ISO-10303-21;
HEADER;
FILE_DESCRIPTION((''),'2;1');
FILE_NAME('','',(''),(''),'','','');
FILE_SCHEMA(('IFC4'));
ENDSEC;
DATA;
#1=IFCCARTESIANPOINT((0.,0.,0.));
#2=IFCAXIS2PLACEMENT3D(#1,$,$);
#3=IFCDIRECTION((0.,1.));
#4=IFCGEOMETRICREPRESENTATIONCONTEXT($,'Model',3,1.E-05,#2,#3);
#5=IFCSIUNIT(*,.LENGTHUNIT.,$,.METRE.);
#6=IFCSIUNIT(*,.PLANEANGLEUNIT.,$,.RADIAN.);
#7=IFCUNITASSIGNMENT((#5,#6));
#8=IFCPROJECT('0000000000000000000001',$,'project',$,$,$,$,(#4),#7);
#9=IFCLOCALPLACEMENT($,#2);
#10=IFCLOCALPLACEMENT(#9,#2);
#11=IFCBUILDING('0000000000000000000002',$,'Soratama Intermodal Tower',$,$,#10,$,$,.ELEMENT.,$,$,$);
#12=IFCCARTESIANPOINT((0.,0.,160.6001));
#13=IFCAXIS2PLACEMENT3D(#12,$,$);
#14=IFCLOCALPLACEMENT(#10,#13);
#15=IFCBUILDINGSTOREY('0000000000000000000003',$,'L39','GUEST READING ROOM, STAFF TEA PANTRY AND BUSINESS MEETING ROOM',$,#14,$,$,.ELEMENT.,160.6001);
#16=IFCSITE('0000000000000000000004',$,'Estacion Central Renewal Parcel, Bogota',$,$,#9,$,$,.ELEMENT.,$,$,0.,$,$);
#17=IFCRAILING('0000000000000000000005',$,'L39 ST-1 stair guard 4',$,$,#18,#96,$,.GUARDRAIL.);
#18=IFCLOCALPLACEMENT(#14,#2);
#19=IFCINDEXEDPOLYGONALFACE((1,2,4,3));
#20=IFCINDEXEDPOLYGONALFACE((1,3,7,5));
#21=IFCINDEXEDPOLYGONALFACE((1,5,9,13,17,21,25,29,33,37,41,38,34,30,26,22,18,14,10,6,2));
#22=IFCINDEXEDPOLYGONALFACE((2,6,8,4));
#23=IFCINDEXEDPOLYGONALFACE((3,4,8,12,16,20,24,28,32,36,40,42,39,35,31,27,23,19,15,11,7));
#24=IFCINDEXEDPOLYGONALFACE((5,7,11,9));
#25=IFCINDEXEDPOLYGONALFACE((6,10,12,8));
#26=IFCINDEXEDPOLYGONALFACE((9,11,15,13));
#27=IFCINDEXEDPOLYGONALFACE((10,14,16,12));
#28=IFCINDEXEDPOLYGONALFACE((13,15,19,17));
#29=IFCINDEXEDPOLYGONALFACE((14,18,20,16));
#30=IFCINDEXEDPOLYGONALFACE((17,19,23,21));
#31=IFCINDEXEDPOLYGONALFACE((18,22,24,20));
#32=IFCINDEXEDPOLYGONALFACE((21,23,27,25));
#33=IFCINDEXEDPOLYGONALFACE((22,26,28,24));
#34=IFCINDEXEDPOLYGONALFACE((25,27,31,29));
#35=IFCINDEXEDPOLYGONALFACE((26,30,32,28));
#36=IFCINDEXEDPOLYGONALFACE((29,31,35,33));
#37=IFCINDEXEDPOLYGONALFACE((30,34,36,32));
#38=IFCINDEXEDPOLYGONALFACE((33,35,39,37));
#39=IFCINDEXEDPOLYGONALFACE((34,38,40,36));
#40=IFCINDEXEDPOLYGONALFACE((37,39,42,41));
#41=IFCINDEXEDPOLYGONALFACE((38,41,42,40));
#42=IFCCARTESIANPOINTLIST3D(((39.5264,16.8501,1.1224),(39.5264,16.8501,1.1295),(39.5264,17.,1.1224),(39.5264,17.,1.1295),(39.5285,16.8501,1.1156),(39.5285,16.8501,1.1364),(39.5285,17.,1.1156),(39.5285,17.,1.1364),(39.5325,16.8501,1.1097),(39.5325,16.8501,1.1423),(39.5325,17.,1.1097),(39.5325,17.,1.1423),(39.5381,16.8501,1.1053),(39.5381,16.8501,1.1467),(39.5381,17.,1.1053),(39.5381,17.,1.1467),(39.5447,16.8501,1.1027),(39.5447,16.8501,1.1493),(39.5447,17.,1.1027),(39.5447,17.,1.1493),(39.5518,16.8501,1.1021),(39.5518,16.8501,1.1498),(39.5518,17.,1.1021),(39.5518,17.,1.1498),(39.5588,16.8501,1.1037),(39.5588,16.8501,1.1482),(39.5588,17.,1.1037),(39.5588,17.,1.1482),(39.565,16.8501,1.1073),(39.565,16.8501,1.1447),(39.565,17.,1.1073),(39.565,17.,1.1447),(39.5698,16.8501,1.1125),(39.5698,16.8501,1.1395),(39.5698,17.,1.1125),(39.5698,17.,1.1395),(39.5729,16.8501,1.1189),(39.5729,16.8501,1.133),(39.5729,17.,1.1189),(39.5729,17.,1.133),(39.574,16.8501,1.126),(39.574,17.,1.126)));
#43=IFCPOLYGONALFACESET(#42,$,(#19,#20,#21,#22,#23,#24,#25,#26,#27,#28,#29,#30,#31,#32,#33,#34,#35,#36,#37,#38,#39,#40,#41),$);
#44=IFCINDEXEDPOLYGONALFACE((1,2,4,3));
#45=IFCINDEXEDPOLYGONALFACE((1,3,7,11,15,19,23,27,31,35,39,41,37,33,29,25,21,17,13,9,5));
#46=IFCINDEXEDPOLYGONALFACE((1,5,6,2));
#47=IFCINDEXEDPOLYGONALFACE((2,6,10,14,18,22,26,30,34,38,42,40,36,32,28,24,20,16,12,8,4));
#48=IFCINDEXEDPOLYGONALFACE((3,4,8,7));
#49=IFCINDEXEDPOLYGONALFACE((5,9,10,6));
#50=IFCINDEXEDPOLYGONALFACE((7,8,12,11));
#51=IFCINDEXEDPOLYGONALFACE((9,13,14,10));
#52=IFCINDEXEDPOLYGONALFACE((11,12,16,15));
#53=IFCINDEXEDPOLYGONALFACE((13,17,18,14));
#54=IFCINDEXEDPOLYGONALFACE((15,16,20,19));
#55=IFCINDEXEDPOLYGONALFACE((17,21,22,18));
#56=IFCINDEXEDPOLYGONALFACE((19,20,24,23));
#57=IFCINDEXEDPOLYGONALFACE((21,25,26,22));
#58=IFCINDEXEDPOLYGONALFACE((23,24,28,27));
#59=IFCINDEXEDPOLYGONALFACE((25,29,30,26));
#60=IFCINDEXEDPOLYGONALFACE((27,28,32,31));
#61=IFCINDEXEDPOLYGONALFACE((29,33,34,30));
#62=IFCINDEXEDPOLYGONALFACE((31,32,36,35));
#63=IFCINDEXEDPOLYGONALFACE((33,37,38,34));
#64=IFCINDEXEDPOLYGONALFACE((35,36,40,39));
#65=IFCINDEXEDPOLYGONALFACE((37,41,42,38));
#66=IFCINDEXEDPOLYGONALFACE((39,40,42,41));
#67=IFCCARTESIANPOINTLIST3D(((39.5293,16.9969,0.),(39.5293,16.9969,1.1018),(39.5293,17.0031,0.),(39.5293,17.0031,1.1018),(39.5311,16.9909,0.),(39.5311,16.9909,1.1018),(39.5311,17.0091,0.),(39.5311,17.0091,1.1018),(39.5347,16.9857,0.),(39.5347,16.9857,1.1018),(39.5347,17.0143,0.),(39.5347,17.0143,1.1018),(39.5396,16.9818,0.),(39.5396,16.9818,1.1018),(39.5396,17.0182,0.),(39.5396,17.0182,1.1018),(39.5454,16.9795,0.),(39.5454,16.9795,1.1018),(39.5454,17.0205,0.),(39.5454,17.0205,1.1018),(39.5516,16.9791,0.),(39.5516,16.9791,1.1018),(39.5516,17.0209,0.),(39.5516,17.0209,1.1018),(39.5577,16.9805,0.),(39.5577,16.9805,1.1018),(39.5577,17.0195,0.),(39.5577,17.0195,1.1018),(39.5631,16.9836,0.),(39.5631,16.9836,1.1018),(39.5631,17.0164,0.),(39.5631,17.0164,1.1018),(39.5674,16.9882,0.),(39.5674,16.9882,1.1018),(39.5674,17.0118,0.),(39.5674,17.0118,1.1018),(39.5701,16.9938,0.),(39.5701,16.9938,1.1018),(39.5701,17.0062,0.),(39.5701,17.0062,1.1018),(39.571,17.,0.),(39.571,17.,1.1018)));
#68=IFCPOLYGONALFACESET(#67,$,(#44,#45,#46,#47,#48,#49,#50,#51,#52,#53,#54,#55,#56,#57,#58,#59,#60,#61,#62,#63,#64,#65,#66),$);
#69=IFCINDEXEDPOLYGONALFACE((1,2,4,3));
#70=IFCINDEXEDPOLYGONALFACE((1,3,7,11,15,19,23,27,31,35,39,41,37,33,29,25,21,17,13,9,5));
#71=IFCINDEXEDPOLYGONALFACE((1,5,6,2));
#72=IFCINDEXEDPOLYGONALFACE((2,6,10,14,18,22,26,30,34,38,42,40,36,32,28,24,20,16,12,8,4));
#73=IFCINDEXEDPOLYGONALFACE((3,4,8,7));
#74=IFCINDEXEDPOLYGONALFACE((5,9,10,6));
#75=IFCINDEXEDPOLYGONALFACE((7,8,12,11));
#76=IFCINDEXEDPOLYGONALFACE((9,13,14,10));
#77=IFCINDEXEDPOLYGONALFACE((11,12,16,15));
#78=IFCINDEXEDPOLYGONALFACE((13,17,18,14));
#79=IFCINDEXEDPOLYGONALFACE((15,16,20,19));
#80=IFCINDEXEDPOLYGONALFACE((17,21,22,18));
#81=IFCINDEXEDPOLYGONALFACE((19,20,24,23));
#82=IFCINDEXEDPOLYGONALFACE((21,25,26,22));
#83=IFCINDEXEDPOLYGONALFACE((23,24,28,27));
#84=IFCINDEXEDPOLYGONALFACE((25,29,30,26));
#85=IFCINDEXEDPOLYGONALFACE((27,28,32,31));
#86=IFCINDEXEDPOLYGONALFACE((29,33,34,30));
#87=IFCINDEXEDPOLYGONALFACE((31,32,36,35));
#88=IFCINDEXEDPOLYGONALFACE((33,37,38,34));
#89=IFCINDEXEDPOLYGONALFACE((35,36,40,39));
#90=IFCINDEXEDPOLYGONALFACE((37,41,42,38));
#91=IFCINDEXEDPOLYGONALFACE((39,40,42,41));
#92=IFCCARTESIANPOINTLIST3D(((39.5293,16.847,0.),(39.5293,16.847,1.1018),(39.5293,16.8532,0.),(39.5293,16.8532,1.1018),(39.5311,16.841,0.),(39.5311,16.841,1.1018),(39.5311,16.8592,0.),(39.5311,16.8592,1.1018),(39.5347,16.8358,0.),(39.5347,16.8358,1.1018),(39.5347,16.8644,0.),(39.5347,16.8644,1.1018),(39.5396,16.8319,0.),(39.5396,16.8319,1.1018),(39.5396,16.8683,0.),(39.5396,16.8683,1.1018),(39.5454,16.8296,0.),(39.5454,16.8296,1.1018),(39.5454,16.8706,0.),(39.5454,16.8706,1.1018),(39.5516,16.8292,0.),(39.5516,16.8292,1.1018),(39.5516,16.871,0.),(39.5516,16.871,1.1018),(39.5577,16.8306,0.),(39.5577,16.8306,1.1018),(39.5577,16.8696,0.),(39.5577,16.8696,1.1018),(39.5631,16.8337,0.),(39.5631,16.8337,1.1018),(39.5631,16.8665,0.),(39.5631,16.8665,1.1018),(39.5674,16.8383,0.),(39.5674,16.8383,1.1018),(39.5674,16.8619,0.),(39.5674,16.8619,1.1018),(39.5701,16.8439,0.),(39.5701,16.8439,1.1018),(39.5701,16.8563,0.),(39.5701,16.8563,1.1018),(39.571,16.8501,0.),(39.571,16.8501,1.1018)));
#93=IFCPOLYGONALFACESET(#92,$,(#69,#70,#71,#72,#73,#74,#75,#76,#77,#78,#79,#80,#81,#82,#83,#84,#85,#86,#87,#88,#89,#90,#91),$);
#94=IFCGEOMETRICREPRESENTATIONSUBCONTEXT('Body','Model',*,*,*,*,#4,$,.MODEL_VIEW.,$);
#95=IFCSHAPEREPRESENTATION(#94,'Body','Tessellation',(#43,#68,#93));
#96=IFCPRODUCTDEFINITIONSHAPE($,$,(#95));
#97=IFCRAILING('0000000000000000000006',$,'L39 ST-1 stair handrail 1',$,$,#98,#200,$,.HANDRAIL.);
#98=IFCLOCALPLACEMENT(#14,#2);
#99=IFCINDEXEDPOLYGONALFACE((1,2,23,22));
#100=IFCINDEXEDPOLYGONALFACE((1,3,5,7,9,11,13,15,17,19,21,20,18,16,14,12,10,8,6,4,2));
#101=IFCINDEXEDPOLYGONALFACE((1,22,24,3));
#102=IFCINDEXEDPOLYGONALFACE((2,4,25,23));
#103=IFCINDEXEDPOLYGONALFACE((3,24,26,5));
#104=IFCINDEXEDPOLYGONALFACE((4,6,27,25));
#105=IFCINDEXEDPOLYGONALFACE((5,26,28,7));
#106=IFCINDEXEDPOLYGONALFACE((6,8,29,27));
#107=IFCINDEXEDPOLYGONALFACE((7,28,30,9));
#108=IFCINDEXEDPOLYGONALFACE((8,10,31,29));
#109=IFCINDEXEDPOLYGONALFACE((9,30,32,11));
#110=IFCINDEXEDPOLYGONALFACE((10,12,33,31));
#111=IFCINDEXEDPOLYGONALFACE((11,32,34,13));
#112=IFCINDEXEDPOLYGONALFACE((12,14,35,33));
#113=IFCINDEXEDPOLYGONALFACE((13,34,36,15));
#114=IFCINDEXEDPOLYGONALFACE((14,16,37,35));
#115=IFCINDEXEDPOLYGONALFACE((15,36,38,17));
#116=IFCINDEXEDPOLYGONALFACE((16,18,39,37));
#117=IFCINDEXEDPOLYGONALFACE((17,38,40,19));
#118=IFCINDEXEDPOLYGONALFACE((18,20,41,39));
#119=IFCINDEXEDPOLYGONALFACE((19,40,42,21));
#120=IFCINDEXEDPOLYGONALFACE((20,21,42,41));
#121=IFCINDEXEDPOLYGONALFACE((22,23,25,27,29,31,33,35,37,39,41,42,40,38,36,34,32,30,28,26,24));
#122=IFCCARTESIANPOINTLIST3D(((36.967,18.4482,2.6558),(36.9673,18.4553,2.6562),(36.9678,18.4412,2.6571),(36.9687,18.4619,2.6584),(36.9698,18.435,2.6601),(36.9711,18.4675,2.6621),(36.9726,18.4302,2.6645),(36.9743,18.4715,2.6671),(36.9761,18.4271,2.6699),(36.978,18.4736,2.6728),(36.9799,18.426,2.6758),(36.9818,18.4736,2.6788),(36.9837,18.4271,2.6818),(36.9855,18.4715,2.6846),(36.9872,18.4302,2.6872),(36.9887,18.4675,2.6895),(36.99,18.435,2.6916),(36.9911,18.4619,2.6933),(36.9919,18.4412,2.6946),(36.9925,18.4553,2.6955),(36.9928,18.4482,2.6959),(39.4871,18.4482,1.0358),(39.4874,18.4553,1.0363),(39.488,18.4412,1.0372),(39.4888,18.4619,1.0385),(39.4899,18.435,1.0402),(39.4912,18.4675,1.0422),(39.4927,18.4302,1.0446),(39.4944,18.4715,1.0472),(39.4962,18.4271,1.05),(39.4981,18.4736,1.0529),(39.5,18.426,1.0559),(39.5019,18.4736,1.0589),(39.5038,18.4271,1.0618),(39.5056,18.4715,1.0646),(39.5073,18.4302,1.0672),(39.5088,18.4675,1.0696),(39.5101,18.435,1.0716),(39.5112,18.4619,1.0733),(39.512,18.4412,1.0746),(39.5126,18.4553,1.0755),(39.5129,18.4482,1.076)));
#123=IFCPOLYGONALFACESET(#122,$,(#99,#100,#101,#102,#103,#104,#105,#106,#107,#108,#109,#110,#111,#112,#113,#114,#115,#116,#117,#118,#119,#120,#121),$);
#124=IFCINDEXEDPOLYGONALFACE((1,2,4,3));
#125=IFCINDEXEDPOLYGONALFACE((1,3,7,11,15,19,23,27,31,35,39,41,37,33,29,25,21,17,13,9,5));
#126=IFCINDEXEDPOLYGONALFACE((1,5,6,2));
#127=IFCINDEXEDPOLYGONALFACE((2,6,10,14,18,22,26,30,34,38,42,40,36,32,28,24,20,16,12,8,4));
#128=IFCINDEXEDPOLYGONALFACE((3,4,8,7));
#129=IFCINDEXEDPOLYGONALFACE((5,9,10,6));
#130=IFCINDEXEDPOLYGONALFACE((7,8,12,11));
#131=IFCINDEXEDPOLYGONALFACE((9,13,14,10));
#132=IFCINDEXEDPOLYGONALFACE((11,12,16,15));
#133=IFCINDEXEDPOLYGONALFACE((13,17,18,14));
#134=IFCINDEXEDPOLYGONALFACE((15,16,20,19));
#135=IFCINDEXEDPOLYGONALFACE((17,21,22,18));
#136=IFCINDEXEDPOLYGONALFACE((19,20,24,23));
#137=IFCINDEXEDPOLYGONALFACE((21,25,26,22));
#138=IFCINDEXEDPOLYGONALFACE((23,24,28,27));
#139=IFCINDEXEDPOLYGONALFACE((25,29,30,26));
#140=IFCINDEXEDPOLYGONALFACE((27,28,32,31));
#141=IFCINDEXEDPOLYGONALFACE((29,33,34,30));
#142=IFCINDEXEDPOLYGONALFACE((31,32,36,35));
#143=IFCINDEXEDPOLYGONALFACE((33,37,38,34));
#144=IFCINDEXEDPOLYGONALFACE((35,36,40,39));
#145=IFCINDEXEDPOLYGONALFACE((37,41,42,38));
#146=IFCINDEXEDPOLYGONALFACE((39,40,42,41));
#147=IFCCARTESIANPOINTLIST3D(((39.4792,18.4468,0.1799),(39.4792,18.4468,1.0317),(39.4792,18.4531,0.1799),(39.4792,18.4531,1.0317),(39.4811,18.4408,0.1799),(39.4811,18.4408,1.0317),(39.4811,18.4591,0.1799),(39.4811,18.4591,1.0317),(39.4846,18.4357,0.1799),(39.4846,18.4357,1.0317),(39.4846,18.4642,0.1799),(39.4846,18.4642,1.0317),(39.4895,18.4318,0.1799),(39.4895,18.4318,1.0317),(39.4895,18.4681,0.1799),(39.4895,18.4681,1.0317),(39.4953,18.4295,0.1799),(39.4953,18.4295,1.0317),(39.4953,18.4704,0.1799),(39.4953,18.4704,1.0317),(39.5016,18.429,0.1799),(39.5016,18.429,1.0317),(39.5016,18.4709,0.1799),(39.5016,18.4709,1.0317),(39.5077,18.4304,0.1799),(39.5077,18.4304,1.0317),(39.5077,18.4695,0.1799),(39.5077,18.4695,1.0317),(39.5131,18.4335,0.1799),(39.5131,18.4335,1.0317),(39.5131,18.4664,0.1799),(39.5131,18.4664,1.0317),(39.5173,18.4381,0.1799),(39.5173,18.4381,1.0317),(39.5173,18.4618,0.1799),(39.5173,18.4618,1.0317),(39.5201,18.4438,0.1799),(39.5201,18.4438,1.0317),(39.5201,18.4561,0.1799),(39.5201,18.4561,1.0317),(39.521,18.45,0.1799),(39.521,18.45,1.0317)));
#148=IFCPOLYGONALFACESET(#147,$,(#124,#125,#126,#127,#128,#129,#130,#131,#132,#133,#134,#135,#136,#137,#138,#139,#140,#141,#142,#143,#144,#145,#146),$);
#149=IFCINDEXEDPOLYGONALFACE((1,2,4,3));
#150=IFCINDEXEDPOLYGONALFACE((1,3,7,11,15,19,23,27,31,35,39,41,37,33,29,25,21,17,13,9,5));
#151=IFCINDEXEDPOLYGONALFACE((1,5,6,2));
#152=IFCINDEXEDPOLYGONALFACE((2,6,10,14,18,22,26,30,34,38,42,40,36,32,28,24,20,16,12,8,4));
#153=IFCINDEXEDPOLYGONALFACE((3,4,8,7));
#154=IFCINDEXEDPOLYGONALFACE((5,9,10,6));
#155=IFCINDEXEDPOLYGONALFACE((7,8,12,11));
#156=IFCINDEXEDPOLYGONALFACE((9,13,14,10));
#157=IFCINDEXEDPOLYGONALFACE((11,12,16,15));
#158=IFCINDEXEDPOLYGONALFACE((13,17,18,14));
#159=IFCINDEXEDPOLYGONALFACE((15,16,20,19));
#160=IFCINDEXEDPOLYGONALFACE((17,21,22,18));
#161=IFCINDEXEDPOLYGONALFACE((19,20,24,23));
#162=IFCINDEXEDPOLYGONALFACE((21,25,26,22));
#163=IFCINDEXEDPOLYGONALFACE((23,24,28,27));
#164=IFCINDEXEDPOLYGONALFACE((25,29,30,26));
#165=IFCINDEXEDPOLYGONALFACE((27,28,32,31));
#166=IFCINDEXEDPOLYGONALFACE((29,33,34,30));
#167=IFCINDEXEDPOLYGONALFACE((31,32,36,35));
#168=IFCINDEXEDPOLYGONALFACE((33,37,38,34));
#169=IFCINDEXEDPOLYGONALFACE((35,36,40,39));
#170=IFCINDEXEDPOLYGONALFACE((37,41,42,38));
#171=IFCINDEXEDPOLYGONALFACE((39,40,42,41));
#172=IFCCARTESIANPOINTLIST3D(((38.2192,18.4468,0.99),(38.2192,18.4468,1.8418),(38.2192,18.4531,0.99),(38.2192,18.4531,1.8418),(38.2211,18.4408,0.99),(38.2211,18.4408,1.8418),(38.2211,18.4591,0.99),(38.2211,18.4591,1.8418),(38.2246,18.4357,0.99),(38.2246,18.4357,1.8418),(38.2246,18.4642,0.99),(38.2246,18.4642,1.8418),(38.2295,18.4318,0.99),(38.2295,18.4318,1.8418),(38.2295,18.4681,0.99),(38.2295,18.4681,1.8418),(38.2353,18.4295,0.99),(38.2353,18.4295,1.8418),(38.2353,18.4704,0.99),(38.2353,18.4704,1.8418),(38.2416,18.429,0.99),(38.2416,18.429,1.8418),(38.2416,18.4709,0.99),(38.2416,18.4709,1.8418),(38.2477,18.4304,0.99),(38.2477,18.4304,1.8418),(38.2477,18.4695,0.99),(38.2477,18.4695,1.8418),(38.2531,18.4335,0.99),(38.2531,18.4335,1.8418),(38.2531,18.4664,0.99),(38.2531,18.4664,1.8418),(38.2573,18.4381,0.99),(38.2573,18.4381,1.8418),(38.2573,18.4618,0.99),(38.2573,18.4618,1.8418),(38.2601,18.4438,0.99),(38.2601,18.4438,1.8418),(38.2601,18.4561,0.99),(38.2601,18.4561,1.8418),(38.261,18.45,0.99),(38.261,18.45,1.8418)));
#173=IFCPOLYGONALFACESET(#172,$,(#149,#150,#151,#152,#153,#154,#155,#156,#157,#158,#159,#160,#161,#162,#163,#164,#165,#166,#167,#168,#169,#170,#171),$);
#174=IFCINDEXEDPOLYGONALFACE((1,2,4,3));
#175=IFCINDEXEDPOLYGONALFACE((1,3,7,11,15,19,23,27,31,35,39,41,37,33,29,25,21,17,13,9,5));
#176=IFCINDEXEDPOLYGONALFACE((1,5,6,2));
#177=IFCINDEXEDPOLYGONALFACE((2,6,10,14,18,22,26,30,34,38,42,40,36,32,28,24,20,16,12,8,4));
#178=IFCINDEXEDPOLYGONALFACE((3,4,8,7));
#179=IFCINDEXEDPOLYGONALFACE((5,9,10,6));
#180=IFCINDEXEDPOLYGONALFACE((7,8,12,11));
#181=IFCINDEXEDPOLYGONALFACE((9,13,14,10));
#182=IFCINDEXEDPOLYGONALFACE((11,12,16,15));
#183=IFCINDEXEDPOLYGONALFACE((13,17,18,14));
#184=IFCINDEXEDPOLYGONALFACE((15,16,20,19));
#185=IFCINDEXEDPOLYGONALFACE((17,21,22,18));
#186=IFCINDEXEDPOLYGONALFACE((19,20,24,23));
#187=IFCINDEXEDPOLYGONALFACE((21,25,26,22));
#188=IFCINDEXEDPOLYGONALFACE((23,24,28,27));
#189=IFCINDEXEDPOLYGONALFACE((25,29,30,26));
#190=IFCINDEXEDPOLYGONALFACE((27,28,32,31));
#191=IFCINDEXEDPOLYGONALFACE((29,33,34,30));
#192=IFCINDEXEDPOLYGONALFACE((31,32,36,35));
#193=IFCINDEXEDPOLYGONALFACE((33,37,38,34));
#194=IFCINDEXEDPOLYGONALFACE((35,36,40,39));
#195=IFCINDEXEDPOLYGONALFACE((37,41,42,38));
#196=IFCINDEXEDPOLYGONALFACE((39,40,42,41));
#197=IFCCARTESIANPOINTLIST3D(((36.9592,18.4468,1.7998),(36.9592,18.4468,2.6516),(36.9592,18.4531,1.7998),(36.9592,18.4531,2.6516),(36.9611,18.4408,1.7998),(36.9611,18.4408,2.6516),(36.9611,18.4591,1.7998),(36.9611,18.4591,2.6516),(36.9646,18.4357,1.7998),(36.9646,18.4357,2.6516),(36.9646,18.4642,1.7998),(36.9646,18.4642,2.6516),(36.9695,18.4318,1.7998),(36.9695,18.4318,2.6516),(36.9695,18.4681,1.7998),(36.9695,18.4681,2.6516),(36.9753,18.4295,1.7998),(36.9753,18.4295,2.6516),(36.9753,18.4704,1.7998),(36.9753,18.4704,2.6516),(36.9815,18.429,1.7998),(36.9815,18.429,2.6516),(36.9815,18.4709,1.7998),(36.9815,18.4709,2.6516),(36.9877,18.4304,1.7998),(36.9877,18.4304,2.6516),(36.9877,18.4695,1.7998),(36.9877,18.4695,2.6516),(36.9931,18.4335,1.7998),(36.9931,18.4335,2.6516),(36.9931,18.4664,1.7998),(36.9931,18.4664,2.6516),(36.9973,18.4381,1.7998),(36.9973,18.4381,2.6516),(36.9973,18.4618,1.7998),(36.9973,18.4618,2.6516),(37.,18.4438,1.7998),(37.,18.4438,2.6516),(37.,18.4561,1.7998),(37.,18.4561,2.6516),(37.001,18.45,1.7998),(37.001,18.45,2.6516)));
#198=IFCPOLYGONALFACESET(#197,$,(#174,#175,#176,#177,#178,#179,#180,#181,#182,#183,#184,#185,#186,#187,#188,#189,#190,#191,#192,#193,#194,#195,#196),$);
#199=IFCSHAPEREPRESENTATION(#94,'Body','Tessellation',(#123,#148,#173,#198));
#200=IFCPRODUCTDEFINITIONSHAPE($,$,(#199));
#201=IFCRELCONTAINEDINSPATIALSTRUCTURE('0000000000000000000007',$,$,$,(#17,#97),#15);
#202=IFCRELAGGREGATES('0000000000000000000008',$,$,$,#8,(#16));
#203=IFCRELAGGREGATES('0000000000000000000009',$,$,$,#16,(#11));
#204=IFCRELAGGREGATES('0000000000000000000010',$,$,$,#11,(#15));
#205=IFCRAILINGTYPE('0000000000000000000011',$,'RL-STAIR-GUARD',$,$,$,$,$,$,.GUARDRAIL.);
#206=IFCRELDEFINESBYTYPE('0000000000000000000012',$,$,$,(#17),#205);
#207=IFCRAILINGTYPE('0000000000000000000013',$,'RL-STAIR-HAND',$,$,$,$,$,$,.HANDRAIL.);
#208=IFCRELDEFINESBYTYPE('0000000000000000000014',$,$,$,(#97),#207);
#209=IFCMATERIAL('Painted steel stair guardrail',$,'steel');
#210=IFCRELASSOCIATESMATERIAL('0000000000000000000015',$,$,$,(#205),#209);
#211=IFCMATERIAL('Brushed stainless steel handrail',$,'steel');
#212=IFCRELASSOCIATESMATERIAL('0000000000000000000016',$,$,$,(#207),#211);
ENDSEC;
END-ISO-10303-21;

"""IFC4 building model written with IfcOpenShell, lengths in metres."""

from ifc_helpers import new_model, si_unit, direction, frame, origin, origin_2d, place, context, subcontext, project, spatial, circle, extrude, material, type_object, element, save


model = new_model("IFC4")

# Units and contexts
model_context = context("Model", 3, precision=1e-05, world=origin(), true_north=direction((0.0, 1.0)))
body_context = subcontext(model_context, "Body", "Model", "MODEL_VIEW")
ifc_project = project(units=[si_unit("LENGTHUNIT", "METRE"), si_unit("PLANEANGLEUNIT", "RADIAN")], contexts=[model_context])

# Site, building, storey
site_placement = place(None, origin())
site = spatial("IfcSite", under=ifc_project, at=site_placement, Name="Estacion Central Renewal Parcel, Bogota", CompositionType="ELEMENT", RefElevation=0.0)
building_placement = place(site_placement, origin())
building = spatial("IfcBuilding", under=site, at=building_placement, Name="Soratama Intermodal Tower", CompositionType="ELEMENT")
storey_placement = place(building_placement, frame((0.0, 0.0, 160.6001)))
storey = spatial("IfcBuildingStorey", under=building, at=storey_placement, Name="L39", Description="GUEST READING ROOM, STAFF TEA PANTRY AND BUSINESS MEETING ROOM", CompositionType="ELEMENT", Elevation=160.6001)

# Railings
ifc_material_1 = material(Name="Painted steel stair guardrail", Category="steel")
railing_type_1 = type_object("IfcRailingType", Name="RL-STAIR-GUARD", PredefinedType="GUARDRAIL", material=ifc_material_1)
railing_1_placement = place(storey_placement, frame((39.55, 17.0, 0.0)))
element("IfcRailing", 1, at=railing_1_placement, inside=storey, type_object=railing_type_1, Name="L39 ST-1 stair guard 4", PredefinedType="GUARDRAIL", context=body_context, shape_type="SweptSolid", body=[
    extrude(circle(Radius=0.0239, at=origin_2d()), frame((0.0, 0.0, 1.126), z_axis=(0.0, -1.0, 0.0), x_axis=(1.0, 0.0, 0.0)), (0.0, 0.0, 1.0), 0.1499),
    extrude(circle(Radius=0.021, at=origin_2d()), origin(), (0.0, 0.0, 1.0), 1.1018),
    extrude(circle(Radius=0.021, at=origin_2d()), frame((0.0, -0.1499, 0.0)), (0.0, 0.0, 1.0), 1.1018),
])
ifc_material_2 = material(Name="Brushed stainless steel handrail", Category="steel")
railing_type_2 = type_object("IfcRailingType", Name="RL-STAIR-HAND", PredefinedType="HANDRAIL", material=ifc_material_2)
railing_2_placement = place(storey_placement, frame((39.5, 18.45, 0.1799)))
element("IfcRailing", 2, at=railing_2_placement, inside=storey, type_object=railing_type_2, Name="L39 ST-1 stair handrail 1", PredefinedType="HANDRAIL", context=body_context, shape_type="SweptSolid", body=[
    extrude(circle(Radius=0.0239, at=origin_2d()), frame((0.0, 0.0, 0.876), z_axis=(-0.8412, 0.0, 0.540725), x_axis=(0.0, -1.0, 0.0)), (0.0, 0.0, 1.0), 2.9958),
    extrude(circle(Radius=0.021, at=origin_2d()), origin(), (0.0, 0.0, 1.0), 0.8518),
    extrude(circle(Radius=0.021, at=origin_2d()), frame((-1.26, 0.0, 0.8101)), (0.0, 0.0, 1.0), 0.8518),
    extrude(circle(Radius=0.021, at=origin_2d()), frame((-2.52, 0.0, 1.6199)), (0.0, 0.0, 1.0), 0.8518),
])

save(model, "model.ifc")
